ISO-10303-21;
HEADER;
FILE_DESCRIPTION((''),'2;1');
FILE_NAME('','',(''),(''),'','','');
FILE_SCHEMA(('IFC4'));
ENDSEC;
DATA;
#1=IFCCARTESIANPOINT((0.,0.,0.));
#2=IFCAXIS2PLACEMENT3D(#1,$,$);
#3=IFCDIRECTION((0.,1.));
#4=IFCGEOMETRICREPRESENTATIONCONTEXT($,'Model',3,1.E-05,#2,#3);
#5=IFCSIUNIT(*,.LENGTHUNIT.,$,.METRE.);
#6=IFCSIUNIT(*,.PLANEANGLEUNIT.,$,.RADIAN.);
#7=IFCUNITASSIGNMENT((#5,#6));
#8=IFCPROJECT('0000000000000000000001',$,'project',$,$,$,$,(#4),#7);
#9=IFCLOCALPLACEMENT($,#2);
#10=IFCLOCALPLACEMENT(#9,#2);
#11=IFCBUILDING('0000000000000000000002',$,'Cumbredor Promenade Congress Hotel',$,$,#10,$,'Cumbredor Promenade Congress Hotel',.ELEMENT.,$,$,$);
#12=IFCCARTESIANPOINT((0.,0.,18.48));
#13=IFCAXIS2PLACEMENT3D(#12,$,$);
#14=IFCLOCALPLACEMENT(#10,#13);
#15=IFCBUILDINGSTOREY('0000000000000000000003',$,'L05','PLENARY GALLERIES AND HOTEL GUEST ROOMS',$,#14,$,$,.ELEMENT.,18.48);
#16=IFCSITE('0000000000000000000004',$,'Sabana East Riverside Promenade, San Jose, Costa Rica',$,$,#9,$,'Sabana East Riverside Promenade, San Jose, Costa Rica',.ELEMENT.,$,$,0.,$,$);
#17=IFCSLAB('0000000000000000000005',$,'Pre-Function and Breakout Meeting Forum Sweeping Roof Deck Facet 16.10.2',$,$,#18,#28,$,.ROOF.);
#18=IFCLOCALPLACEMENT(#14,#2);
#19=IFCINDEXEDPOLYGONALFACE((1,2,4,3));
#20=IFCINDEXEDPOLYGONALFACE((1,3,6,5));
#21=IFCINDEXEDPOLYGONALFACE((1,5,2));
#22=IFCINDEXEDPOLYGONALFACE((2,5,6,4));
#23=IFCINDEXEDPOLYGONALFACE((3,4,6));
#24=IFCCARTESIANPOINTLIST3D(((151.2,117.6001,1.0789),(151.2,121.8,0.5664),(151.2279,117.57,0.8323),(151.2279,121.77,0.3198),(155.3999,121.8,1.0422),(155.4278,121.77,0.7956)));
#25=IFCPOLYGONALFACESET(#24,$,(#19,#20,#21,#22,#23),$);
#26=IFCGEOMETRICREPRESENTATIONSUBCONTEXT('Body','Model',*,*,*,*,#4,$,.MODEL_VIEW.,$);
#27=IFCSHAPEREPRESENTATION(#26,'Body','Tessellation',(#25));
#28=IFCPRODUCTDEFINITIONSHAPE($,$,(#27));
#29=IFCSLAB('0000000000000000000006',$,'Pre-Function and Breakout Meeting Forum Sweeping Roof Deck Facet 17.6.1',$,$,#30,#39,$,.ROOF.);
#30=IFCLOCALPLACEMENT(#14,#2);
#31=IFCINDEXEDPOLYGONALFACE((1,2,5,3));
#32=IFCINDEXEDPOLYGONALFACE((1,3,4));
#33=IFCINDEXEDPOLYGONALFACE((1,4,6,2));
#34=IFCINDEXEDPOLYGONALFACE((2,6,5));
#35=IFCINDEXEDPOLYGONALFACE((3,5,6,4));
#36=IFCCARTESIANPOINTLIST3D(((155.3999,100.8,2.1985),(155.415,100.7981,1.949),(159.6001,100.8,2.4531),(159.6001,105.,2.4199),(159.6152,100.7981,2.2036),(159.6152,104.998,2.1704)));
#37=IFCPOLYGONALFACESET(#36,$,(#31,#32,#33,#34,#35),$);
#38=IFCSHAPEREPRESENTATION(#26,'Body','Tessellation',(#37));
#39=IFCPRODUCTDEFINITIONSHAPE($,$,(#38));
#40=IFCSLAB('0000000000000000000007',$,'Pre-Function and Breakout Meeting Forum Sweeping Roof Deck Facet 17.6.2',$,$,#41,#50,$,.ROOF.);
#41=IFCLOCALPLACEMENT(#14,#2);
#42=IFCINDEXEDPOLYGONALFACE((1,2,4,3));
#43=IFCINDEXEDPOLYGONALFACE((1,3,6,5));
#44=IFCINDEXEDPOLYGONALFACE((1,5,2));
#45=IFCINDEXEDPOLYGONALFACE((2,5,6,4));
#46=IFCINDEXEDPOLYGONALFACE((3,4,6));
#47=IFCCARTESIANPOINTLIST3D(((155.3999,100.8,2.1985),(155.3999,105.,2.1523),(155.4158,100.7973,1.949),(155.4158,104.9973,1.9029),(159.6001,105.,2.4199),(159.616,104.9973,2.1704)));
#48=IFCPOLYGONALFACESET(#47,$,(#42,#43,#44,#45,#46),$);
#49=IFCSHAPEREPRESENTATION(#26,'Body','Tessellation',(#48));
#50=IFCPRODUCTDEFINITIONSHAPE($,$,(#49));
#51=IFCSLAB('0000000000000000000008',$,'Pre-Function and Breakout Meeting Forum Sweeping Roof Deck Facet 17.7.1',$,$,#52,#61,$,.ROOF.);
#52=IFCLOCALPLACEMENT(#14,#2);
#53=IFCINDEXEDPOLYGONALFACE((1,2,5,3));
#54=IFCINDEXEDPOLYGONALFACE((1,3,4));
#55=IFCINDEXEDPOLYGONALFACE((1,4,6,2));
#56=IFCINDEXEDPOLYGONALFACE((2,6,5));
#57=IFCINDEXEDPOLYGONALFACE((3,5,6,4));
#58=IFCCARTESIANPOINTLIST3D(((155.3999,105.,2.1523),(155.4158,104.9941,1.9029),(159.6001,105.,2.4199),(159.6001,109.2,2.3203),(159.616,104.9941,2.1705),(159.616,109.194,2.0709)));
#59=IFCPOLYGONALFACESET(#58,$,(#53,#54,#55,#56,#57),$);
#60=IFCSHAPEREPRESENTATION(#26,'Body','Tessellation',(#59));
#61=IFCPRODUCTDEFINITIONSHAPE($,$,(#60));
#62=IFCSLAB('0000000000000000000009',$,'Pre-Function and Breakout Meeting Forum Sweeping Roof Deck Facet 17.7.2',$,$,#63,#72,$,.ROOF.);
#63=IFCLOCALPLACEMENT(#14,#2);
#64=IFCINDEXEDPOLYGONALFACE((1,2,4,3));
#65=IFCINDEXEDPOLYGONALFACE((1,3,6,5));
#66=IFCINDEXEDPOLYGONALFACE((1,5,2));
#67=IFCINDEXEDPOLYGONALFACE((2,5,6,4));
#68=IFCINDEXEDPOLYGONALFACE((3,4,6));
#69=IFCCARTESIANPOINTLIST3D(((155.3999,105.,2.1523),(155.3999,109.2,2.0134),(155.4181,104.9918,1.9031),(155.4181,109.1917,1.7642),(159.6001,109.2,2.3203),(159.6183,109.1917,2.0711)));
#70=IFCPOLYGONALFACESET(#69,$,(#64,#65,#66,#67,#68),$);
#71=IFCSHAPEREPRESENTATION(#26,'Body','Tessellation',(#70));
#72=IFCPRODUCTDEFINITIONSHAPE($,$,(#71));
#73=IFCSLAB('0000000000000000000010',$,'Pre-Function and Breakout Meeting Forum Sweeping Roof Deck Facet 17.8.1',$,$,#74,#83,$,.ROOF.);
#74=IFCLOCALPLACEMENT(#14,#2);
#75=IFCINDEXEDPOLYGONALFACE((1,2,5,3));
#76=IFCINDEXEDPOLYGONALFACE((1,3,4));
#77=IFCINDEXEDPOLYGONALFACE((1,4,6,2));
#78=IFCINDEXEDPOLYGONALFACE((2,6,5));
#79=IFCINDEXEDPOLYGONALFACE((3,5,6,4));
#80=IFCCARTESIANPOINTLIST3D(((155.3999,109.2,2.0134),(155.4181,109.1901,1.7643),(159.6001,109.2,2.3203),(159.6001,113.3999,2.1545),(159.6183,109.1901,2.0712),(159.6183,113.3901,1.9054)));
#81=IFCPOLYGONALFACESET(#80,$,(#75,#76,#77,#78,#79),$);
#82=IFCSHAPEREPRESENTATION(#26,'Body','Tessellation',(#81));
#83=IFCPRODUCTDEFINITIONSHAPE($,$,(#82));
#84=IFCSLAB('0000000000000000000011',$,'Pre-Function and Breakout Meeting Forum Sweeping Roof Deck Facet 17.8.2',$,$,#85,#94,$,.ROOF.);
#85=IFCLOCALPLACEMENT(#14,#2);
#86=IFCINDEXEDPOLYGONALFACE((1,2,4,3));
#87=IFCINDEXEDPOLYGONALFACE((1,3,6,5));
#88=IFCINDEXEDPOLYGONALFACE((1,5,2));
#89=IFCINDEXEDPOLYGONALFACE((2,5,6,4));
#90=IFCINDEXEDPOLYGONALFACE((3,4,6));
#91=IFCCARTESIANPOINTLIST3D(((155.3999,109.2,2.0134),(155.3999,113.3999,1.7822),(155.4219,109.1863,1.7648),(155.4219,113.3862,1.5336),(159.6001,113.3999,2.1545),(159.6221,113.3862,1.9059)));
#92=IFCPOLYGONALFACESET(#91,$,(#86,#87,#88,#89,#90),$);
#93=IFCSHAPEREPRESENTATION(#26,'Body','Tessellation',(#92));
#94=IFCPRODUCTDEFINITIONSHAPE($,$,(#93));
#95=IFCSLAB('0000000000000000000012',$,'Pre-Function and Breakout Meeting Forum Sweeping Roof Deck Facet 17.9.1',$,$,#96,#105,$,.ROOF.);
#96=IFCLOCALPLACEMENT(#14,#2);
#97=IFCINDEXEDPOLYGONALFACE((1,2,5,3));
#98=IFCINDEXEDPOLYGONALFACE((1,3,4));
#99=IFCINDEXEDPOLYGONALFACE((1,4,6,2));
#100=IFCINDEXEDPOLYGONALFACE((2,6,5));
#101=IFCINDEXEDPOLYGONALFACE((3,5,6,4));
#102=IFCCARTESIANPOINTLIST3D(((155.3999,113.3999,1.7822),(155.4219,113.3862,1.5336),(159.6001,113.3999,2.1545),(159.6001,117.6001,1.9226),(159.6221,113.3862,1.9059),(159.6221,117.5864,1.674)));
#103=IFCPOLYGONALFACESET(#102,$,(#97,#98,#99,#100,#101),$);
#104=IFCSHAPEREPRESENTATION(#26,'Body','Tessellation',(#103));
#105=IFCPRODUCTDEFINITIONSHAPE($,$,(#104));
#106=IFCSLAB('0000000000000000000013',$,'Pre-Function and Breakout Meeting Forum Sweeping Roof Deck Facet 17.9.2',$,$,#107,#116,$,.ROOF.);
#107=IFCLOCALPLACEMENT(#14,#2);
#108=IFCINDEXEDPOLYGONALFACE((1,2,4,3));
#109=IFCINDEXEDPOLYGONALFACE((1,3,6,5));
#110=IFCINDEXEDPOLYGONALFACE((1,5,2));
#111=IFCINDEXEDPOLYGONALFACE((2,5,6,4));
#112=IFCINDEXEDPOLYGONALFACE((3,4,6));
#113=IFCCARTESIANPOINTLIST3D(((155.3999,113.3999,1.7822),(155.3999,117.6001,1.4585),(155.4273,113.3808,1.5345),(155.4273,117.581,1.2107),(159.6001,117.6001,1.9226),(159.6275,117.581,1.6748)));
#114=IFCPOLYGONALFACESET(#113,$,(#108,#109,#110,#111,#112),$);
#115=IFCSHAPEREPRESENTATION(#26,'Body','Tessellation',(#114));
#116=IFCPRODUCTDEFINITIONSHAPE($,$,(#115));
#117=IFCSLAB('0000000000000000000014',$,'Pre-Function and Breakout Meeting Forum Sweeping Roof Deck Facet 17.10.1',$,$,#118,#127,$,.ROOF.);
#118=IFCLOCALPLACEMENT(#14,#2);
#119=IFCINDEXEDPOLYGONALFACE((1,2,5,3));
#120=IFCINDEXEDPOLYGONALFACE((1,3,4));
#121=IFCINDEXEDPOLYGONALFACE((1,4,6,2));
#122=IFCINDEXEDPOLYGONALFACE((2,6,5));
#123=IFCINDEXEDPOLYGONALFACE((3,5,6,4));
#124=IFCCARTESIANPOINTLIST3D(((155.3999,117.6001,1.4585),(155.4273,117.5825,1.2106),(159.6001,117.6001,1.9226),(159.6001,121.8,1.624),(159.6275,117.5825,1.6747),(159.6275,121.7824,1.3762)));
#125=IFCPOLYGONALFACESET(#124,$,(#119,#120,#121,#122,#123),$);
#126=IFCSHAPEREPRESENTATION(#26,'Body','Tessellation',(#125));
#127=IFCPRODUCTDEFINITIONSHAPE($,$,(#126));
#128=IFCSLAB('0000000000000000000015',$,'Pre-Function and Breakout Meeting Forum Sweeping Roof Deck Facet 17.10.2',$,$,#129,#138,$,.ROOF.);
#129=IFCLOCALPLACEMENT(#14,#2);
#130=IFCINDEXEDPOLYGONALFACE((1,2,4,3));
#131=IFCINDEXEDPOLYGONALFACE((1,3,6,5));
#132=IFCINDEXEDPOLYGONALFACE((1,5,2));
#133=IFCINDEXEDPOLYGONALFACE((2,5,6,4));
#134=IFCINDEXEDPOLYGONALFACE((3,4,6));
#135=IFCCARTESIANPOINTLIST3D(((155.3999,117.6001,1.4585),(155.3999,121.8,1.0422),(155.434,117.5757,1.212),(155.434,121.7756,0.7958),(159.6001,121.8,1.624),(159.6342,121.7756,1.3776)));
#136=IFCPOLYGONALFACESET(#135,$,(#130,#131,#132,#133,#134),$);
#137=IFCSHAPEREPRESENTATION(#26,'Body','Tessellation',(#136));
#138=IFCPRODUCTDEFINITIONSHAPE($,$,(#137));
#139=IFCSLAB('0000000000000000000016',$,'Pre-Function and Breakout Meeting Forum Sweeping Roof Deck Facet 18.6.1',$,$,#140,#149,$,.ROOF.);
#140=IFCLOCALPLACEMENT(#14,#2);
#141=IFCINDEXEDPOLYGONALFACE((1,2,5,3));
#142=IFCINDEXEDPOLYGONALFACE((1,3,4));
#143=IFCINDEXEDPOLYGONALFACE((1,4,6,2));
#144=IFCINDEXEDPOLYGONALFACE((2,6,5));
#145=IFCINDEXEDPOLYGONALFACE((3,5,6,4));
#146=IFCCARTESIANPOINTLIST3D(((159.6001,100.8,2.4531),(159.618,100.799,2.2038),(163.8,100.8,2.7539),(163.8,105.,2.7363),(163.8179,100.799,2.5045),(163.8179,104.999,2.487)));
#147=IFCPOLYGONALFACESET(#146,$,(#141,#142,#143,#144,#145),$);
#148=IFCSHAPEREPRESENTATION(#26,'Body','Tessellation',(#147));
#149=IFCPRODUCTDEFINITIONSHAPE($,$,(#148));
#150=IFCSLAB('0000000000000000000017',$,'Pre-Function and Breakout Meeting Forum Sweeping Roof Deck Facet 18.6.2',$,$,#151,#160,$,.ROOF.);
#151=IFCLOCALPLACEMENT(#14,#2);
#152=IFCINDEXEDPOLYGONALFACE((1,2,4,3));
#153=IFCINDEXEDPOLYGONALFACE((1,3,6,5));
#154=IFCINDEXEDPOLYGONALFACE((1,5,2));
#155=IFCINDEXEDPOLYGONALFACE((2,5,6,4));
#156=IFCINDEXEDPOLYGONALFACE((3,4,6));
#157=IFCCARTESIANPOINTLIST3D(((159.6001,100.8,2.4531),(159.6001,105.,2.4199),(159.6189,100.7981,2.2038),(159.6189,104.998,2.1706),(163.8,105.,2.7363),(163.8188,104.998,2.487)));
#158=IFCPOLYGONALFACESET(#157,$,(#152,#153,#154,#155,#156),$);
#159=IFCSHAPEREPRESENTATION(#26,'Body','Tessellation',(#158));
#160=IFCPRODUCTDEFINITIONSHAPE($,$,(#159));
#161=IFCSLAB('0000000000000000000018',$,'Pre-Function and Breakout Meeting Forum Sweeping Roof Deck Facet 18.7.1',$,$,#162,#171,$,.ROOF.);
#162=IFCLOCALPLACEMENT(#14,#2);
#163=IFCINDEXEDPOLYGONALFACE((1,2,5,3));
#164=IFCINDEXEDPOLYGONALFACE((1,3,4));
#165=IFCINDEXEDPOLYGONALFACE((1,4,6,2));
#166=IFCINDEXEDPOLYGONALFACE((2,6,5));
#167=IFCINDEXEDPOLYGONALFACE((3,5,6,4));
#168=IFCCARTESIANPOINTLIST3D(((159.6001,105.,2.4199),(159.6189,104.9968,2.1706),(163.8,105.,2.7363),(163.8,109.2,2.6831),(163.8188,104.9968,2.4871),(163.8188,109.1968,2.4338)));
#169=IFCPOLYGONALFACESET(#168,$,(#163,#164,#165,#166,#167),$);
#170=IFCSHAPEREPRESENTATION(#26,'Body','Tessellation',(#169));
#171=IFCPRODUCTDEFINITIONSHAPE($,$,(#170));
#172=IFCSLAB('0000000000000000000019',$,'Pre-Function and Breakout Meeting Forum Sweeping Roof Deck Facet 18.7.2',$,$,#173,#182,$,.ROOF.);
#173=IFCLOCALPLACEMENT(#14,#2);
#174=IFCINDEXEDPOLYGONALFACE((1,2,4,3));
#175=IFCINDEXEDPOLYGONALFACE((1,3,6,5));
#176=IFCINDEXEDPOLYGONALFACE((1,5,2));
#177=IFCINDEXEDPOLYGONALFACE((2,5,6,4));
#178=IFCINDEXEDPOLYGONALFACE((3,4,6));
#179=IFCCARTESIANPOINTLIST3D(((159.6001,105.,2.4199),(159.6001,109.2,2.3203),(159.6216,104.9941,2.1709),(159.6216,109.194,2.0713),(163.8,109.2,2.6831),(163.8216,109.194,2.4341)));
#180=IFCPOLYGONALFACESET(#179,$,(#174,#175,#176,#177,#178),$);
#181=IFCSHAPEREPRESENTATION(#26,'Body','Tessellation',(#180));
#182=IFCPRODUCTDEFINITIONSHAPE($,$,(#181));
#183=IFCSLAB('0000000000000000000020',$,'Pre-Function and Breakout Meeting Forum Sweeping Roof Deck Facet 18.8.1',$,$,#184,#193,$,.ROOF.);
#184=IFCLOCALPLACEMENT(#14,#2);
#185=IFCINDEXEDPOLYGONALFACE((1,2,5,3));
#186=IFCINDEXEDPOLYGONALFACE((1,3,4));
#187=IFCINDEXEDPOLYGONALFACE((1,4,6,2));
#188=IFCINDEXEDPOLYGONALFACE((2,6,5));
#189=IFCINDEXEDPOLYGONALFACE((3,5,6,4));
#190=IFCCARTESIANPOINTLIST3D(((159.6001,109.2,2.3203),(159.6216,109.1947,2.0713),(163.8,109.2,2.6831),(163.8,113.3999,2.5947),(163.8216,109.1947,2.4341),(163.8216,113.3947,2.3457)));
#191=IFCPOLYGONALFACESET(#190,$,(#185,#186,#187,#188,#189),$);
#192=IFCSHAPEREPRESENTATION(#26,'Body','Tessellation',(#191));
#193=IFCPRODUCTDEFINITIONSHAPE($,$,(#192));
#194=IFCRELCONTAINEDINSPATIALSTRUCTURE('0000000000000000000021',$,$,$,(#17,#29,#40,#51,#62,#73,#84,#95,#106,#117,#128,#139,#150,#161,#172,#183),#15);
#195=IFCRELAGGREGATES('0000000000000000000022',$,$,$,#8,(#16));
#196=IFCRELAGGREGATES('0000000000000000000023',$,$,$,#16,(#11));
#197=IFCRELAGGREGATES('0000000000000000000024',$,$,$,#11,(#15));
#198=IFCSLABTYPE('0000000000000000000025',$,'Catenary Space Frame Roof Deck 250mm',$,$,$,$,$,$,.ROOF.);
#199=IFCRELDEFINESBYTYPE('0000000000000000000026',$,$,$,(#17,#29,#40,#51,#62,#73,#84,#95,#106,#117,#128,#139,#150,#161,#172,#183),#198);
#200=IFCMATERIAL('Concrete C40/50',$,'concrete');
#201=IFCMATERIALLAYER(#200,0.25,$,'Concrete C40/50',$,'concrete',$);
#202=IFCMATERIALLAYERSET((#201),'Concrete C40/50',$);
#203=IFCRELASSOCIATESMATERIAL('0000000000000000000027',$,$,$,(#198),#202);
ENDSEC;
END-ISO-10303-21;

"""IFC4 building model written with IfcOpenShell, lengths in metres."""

from ifc_helpers import new_model, si_unit, direction, frame, origin, place, context, subcontext, project, spatial, polyline, outline, extrude, material, layer, layer_set, type_object, element, save


model = new_model("IFC4")

# Units and contexts
model_context = context("Model", 3, precision=1e-05, world=origin(), true_north=direction((0.0, 1.0)))
body_context = subcontext(model_context, "Body", "Model", "MODEL_VIEW")
ifc_project = project(units=[si_unit("LENGTHUNIT", "METRE"), si_unit("PLANEANGLEUNIT", "RADIAN")], contexts=[model_context])

# Site, building, storey
site_placement = place(None, origin())
site = spatial("IfcSite", under=ifc_project, at=site_placement, Name="Sabana East Riverside Promenade, San Jose, Costa Rica", LongName="Sabana East Riverside Promenade, San Jose, Costa Rica", CompositionType="ELEMENT", RefElevation=0.0)
building_placement = place(site_placement, origin())
building = spatial("IfcBuilding", under=site, at=building_placement, Name="Cumbredor Promenade Congress Hotel", LongName="Cumbredor Promenade Congress Hotel", CompositionType="ELEMENT")
storey_placement = place(building_placement, frame((0.0, 0.0, 18.48)))
storey = spatial("IfcBuildingStorey", under=building, at=storey_placement, Name="L05", Description="PLENARY GALLERIES AND HOTEL GUEST ROOMS", CompositionType="ELEMENT", Elevation=18.48)

# Slabs
ifc_material_1 = material(Name="Concrete C40/50", Category="concrete")
ifc_layer_1 = layer(ifc_material_1, 0.25, Name="Concrete C40/50", Category="concrete")
ifc_layer_set_1 = layer_set([ifc_layer_1], Name="Concrete C40/50")
slab_type = type_object("IfcSlabType", Name="Catenary Space Frame Roof Deck 250mm", PredefinedType="ROOF", material=ifc_layer_set_1)
slab_1_placement = place(storey_placement, frame((151.2, 117.6001, 1.0789), z_axis=(-0.111756, 0.120357, 0.98642), x_axis=(0.707093, 0.707093, -0.006165)))
element("IfcSlab", 1, at=slab_1_placement, inside=storey, type_object=slab_type, Name="Pre-Function and Breakout Meeting Forum Sweeping Roof Deck Facet 16.10.2", PredefinedType="ROOF", context=body_context, shape_type="SweptSolid", body=[
    extrude(outline(polyline([(0.0, 0.0), (5.9397, 0.0), (2.9729, 3.0106), (0.0, 0.0)])), origin(), (0.0, 0.0, -1.0), 0.25),
])
slab_2_placement = place(storey_placement, frame((155.3999, 100.8, 2.1985), z_axis=(-0.060512, 0.007891, 0.998136), x_axis=(0.998167, 0.0, 0.060514)))
element("IfcSlab", 2, at=slab_2_placement, inside=storey, type_object=slab_type, Name="Pre-Function and Breakout Meeting Forum Sweeping Roof Deck Facet 17.6.1", PredefinedType="ROOF", context=body_context, shape_type="SweptSolid", body=[
    extrude(outline(polyline([(0.0, 0.0), (4.2079, 0.0), (4.2059, 4.2001), (0.0, 0.0)])), origin(), (0.0, 0.0, -1.0), 0.25),
])
slab_3_placement = place(storey_placement, frame((155.3999, 100.8, 2.1985), z_axis=(-0.063573, 0.010964, 0.997917), x_axis=(0.706636, 0.706595, 0.037254)))
element("IfcSlab", 3, at=slab_3_placement, inside=storey, type_object=slab_type, Name="Pre-Function and Breakout Meeting Forum Sweeping Roof Deck Facet 17.6.2", PredefinedType="ROOF", context=body_context, shape_type="SweptSolid", body=[
    extrude(outline(polyline([(0.0, 0.0), (5.9439, 0.0), (2.9659, 2.974), (0.0, 0.0)])), origin(), (0.0, 0.0, -1.0), 0.25),
])
slab_4_placement = place(storey_placement, frame((155.3999, 105.0, 2.1523), z_axis=(-0.063559, 0.023662, 0.997697), x_axis=(0.997977, 0.0, 0.063577)))
element("IfcSlab", 4, at=slab_4_placement, inside=storey, type_object=slab_type, Name="Pre-Function and Breakout Meeting Forum Sweeping Roof Deck Facet 17.7.1", PredefinedType="ROOF", context=body_context, shape_type="SweptSolid", body=[
    extrude(outline(polyline([(0.0, 0.0), (4.2087, 0.0), (4.2024, 4.2011), (0.0, 0.0)])), origin(), (0.0, 0.0, -1.0), 0.25),
])
slab_5_placement = place(storey_placement, frame((155.3999, 105.0, 2.1523), z_axis=(-0.072831, 0.03297, 0.996799), x_axis=(0.706845, 0.706804, 0.028267)))
element("IfcSlab", 5, at=slab_5_placement, inside=storey, type_object=slab_type, Name="Pre-Function and Breakout Meeting Forum Sweeping Roof Deck Facet 17.7.2", PredefinedType="ROOF", context=body_context, shape_type="SweptSolid", body=[
    extrude(outline(polyline([(0.0, 0.0), (5.9422, 0.0), (2.9646, 2.9782), (0.0, 0.0)])), origin(), (0.0, 0.0, -1.0), 0.25),
])
slab_6_placement = place(storey_placement, frame((155.3999, 109.2, 2.0134), z_axis=(-0.072814, 0.039334, 0.99657), x_axis=(0.997341, 0.0, 0.07287)))
element("IfcSlab", 6, at=slab_6_placement, inside=storey, type_object=slab_type, Name="Pre-Function and Breakout Meeting Forum Sweeping Roof Deck Facet 17.8.1", PredefinedType="ROOF", context=body_context, shape_type="SweptSolid", body=[
    extrude(outline(polyline([(0.0, 0.0), (4.2114, 0.0), (4.1993, 4.2032), (0.0, 0.0)])), origin(), (0.0, 0.0, -1.0), 0.25),
])
slab_7_placement = place(storey_placement, frame((155.3999, 109.2, 2.0134), z_axis=(-0.088164, 0.054751, 0.9946), x_axis=(0.706928, 0.706887, 0.023751)))
element("IfcSlab", 7, at=slab_7_placement, inside=storey, type_object=slab_type, Name="Pre-Function and Breakout Meeting Forum Sweeping Roof Deck Facet 17.8.2", PredefinedType="ROOF", context=body_context, shape_type="SweptSolid", body=[
    extrude(outline(polyline([(0.0, 0.0), (5.9415, 0.0), (2.9634, 2.9852), (0.0, 0.0)])), origin(), (0.0, 0.0, -1.0), 0.25),
])
slab_8_placement = place(storey_placement, frame((155.3999, 113.3999, 1.7822), z_axis=(-0.088163, 0.054921, 0.994591), x_axis=(0.996094, 0.0, 0.088296)))
element("IfcSlab", 8, at=slab_8_placement, inside=storey, type_object=slab_type, Name="Pre-Function and Breakout Meeting Forum Sweeping Roof Deck Facet 17.9.1", PredefinedType="ROOF", context=body_context, shape_type="SweptSolid", body=[
    extrude(outline(polyline([(0.0, 0.0), (4.2167, 0.0), (4.1962, 4.2065), (0.0, 0.0)])), origin(), (0.0, 0.0, -1.0), 0.25),
])
slab_9_placement = place(storey_placement, frame((155.3999, 113.3999, 1.7822), z_axis=(-0.109508, 0.076385, 0.991047), x_axis=(0.706909, 0.706909, 0.023627)))
element("IfcSlab", 9, at=slab_9_placement, inside=storey, type_object=slab_type, Name="Pre-Function and Breakout Meeting Forum Sweeping Roof Deck Facet 17.9.2", PredefinedType="ROOF", context=body_context, shape_type="SweptSolid", body=[
    extrude(outline(polyline([(0.0, 0.0), (5.9416, 0.0), (2.9615, 2.996), (0.0, 0.0)])), origin(), (0.0, 0.0, -1.0), 0.25),
])
slab_10_placement = place(storey_placement, frame((155.3999, 117.6001, 1.4585), z_axis=(-0.109556, 0.070486, 0.991478), x_axis=(0.99395, 0.0, 0.109829)))
element("IfcSlab", 10, at=slab_10_placement, inside=storey, type_object=slab_type, Name="Pre-Function and Breakout Meeting Forum Sweeping Roof Deck Facet 17.10.1", PredefinedType="ROOF", context=body_context, shape_type="SweptSolid", body=[
    extrude(outline(polyline([(0.0, 0.0), (4.2258, 0.0), (4.193, 4.2104), (0.0, 0.0)])), origin(), (0.0, 0.0, -1.0), 0.25),
])
slab_11_placement = place(storey_placement, frame((155.3999, 117.6001, 1.4585), z_axis=(-0.136548, 0.097704, 0.985804), x_axis=(0.706853, 0.706812, 0.027857)))
element("IfcSlab", 11, at=slab_11_placement, inside=storey, type_object=slab_type, Name="Pre-Function and Breakout Meeting Forum Sweeping Roof Deck Facet 17.10.2", PredefinedType="ROOF", context=body_context, shape_type="SweptSolid", body=[
    extrude(outline(polyline([(0.0, 0.0), (5.9421, 0.0), (2.957, 3.0115), (0.0, 0.0)])), origin(), (0.0, 0.0, -1.0), 0.25),
])
slab_12_placement = place(storey_placement, frame((159.6001, 100.8, 2.4531), z_axis=(-0.071432, 0.004175, 0.997437), x_axis=(0.997445, 0.0, 0.071432)))
element("IfcSlab", 12, at=slab_12_placement, inside=storey, type_object=slab_type, Name="Pre-Function and Breakout Meeting Forum Sweeping Roof Deck Facet 18.6.1", PredefinedType="ROOF", context=body_context, shape_type="SweptSolid", body=[
    extrude(outline(polyline([(0.0, 0.0), (4.2107, 0.0), (4.2095, 4.2), (0.0, 0.0)])), origin(), (0.0, 0.0, -1.0), 0.25),
])
slab_13_placement = place(storey_placement, frame((159.6001, 100.8, 2.4531), z_axis=(-0.07512, 0.007883, 0.997143), x_axis=(0.706304, 0.706304, 0.047626)))
element("IfcSlab", 13, at=slab_13_placement, inside=storey, type_object=slab_type, Name="Pre-Function and Breakout Meeting Forum Sweeping Roof Deck Facet 18.6.2", PredefinedType="ROOF", context=body_context, shape_type="SweptSolid", body=[
    extrude(outline(polyline([(0.0, 0.0), (5.9464, 0.0), (2.9649, 2.9749), (0.0, 0.0)])), origin(), (0.0, 0.0, -1.0), 0.25),
])
slab_14_placement = place(storey_placement, frame((159.6001, 105.0, 2.4199), z_axis=(-0.075117, 0.012635, 0.997095), x_axis=(0.997174, 0.0, 0.075123)))
element("IfcSlab", 14, at=slab_14_placement, inside=storey, type_object=slab_type, Name="Pre-Function and Breakout Meeting Forum Sweeping Roof Deck Facet 18.7.1", PredefinedType="ROOF", context=body_context, shape_type="SweptSolid", body=[
    extrude(outline(polyline([(0.0, 0.0), (4.2119, 0.0), (4.2079, 4.2003), (0.0, 0.0)])), origin(), (0.0, 0.0, -1.0), 0.25),
])
slab_15_placement = place(storey_placement, frame((159.6001, 105.0, 2.4199), z_axis=(-0.086036, 0.023622, 0.996012), x_axis=(0.706414, 0.706414, 0.044266)))
element("IfcSlab", 15, at=slab_15_placement, inside=storey, type_object=slab_type, Name="Pre-Function and Breakout Meeting Forum Sweeping Roof Deck Facet 18.7.2", PredefinedType="ROOF", context=body_context, shape_type="SweptSolid", body=[
    extrude(outline(polyline([(0.0, 0.0), (5.9455, 0.0), (2.9625, 2.9788), (0.0, 0.0)])), origin(), (0.0, 0.0, -1.0), 0.25),
])
slab_16_placement = place(storey_placement, frame((159.6001, 109.2, 2.3203), z_axis=(-0.086041, 0.02096, 0.996071), x_axis=(0.99629, 0.0, 0.08606)))
element("IfcSlab", 16, at=slab_16_placement, inside=storey, type_object=slab_type, Name="Pre-Function and Breakout Meeting Forum Sweeping Roof Deck Facet 18.8.1", PredefinedType="ROOF", context=body_context, shape_type="SweptSolid", body=[
    extrude(outline(polyline([(0.0, 0.0), (4.2156, 0.0), (4.208, 4.2009), (0.0, 0.0)])), origin(), (0.0, 0.0, -1.0), 0.25),
])

save(model, "model.ifc")
